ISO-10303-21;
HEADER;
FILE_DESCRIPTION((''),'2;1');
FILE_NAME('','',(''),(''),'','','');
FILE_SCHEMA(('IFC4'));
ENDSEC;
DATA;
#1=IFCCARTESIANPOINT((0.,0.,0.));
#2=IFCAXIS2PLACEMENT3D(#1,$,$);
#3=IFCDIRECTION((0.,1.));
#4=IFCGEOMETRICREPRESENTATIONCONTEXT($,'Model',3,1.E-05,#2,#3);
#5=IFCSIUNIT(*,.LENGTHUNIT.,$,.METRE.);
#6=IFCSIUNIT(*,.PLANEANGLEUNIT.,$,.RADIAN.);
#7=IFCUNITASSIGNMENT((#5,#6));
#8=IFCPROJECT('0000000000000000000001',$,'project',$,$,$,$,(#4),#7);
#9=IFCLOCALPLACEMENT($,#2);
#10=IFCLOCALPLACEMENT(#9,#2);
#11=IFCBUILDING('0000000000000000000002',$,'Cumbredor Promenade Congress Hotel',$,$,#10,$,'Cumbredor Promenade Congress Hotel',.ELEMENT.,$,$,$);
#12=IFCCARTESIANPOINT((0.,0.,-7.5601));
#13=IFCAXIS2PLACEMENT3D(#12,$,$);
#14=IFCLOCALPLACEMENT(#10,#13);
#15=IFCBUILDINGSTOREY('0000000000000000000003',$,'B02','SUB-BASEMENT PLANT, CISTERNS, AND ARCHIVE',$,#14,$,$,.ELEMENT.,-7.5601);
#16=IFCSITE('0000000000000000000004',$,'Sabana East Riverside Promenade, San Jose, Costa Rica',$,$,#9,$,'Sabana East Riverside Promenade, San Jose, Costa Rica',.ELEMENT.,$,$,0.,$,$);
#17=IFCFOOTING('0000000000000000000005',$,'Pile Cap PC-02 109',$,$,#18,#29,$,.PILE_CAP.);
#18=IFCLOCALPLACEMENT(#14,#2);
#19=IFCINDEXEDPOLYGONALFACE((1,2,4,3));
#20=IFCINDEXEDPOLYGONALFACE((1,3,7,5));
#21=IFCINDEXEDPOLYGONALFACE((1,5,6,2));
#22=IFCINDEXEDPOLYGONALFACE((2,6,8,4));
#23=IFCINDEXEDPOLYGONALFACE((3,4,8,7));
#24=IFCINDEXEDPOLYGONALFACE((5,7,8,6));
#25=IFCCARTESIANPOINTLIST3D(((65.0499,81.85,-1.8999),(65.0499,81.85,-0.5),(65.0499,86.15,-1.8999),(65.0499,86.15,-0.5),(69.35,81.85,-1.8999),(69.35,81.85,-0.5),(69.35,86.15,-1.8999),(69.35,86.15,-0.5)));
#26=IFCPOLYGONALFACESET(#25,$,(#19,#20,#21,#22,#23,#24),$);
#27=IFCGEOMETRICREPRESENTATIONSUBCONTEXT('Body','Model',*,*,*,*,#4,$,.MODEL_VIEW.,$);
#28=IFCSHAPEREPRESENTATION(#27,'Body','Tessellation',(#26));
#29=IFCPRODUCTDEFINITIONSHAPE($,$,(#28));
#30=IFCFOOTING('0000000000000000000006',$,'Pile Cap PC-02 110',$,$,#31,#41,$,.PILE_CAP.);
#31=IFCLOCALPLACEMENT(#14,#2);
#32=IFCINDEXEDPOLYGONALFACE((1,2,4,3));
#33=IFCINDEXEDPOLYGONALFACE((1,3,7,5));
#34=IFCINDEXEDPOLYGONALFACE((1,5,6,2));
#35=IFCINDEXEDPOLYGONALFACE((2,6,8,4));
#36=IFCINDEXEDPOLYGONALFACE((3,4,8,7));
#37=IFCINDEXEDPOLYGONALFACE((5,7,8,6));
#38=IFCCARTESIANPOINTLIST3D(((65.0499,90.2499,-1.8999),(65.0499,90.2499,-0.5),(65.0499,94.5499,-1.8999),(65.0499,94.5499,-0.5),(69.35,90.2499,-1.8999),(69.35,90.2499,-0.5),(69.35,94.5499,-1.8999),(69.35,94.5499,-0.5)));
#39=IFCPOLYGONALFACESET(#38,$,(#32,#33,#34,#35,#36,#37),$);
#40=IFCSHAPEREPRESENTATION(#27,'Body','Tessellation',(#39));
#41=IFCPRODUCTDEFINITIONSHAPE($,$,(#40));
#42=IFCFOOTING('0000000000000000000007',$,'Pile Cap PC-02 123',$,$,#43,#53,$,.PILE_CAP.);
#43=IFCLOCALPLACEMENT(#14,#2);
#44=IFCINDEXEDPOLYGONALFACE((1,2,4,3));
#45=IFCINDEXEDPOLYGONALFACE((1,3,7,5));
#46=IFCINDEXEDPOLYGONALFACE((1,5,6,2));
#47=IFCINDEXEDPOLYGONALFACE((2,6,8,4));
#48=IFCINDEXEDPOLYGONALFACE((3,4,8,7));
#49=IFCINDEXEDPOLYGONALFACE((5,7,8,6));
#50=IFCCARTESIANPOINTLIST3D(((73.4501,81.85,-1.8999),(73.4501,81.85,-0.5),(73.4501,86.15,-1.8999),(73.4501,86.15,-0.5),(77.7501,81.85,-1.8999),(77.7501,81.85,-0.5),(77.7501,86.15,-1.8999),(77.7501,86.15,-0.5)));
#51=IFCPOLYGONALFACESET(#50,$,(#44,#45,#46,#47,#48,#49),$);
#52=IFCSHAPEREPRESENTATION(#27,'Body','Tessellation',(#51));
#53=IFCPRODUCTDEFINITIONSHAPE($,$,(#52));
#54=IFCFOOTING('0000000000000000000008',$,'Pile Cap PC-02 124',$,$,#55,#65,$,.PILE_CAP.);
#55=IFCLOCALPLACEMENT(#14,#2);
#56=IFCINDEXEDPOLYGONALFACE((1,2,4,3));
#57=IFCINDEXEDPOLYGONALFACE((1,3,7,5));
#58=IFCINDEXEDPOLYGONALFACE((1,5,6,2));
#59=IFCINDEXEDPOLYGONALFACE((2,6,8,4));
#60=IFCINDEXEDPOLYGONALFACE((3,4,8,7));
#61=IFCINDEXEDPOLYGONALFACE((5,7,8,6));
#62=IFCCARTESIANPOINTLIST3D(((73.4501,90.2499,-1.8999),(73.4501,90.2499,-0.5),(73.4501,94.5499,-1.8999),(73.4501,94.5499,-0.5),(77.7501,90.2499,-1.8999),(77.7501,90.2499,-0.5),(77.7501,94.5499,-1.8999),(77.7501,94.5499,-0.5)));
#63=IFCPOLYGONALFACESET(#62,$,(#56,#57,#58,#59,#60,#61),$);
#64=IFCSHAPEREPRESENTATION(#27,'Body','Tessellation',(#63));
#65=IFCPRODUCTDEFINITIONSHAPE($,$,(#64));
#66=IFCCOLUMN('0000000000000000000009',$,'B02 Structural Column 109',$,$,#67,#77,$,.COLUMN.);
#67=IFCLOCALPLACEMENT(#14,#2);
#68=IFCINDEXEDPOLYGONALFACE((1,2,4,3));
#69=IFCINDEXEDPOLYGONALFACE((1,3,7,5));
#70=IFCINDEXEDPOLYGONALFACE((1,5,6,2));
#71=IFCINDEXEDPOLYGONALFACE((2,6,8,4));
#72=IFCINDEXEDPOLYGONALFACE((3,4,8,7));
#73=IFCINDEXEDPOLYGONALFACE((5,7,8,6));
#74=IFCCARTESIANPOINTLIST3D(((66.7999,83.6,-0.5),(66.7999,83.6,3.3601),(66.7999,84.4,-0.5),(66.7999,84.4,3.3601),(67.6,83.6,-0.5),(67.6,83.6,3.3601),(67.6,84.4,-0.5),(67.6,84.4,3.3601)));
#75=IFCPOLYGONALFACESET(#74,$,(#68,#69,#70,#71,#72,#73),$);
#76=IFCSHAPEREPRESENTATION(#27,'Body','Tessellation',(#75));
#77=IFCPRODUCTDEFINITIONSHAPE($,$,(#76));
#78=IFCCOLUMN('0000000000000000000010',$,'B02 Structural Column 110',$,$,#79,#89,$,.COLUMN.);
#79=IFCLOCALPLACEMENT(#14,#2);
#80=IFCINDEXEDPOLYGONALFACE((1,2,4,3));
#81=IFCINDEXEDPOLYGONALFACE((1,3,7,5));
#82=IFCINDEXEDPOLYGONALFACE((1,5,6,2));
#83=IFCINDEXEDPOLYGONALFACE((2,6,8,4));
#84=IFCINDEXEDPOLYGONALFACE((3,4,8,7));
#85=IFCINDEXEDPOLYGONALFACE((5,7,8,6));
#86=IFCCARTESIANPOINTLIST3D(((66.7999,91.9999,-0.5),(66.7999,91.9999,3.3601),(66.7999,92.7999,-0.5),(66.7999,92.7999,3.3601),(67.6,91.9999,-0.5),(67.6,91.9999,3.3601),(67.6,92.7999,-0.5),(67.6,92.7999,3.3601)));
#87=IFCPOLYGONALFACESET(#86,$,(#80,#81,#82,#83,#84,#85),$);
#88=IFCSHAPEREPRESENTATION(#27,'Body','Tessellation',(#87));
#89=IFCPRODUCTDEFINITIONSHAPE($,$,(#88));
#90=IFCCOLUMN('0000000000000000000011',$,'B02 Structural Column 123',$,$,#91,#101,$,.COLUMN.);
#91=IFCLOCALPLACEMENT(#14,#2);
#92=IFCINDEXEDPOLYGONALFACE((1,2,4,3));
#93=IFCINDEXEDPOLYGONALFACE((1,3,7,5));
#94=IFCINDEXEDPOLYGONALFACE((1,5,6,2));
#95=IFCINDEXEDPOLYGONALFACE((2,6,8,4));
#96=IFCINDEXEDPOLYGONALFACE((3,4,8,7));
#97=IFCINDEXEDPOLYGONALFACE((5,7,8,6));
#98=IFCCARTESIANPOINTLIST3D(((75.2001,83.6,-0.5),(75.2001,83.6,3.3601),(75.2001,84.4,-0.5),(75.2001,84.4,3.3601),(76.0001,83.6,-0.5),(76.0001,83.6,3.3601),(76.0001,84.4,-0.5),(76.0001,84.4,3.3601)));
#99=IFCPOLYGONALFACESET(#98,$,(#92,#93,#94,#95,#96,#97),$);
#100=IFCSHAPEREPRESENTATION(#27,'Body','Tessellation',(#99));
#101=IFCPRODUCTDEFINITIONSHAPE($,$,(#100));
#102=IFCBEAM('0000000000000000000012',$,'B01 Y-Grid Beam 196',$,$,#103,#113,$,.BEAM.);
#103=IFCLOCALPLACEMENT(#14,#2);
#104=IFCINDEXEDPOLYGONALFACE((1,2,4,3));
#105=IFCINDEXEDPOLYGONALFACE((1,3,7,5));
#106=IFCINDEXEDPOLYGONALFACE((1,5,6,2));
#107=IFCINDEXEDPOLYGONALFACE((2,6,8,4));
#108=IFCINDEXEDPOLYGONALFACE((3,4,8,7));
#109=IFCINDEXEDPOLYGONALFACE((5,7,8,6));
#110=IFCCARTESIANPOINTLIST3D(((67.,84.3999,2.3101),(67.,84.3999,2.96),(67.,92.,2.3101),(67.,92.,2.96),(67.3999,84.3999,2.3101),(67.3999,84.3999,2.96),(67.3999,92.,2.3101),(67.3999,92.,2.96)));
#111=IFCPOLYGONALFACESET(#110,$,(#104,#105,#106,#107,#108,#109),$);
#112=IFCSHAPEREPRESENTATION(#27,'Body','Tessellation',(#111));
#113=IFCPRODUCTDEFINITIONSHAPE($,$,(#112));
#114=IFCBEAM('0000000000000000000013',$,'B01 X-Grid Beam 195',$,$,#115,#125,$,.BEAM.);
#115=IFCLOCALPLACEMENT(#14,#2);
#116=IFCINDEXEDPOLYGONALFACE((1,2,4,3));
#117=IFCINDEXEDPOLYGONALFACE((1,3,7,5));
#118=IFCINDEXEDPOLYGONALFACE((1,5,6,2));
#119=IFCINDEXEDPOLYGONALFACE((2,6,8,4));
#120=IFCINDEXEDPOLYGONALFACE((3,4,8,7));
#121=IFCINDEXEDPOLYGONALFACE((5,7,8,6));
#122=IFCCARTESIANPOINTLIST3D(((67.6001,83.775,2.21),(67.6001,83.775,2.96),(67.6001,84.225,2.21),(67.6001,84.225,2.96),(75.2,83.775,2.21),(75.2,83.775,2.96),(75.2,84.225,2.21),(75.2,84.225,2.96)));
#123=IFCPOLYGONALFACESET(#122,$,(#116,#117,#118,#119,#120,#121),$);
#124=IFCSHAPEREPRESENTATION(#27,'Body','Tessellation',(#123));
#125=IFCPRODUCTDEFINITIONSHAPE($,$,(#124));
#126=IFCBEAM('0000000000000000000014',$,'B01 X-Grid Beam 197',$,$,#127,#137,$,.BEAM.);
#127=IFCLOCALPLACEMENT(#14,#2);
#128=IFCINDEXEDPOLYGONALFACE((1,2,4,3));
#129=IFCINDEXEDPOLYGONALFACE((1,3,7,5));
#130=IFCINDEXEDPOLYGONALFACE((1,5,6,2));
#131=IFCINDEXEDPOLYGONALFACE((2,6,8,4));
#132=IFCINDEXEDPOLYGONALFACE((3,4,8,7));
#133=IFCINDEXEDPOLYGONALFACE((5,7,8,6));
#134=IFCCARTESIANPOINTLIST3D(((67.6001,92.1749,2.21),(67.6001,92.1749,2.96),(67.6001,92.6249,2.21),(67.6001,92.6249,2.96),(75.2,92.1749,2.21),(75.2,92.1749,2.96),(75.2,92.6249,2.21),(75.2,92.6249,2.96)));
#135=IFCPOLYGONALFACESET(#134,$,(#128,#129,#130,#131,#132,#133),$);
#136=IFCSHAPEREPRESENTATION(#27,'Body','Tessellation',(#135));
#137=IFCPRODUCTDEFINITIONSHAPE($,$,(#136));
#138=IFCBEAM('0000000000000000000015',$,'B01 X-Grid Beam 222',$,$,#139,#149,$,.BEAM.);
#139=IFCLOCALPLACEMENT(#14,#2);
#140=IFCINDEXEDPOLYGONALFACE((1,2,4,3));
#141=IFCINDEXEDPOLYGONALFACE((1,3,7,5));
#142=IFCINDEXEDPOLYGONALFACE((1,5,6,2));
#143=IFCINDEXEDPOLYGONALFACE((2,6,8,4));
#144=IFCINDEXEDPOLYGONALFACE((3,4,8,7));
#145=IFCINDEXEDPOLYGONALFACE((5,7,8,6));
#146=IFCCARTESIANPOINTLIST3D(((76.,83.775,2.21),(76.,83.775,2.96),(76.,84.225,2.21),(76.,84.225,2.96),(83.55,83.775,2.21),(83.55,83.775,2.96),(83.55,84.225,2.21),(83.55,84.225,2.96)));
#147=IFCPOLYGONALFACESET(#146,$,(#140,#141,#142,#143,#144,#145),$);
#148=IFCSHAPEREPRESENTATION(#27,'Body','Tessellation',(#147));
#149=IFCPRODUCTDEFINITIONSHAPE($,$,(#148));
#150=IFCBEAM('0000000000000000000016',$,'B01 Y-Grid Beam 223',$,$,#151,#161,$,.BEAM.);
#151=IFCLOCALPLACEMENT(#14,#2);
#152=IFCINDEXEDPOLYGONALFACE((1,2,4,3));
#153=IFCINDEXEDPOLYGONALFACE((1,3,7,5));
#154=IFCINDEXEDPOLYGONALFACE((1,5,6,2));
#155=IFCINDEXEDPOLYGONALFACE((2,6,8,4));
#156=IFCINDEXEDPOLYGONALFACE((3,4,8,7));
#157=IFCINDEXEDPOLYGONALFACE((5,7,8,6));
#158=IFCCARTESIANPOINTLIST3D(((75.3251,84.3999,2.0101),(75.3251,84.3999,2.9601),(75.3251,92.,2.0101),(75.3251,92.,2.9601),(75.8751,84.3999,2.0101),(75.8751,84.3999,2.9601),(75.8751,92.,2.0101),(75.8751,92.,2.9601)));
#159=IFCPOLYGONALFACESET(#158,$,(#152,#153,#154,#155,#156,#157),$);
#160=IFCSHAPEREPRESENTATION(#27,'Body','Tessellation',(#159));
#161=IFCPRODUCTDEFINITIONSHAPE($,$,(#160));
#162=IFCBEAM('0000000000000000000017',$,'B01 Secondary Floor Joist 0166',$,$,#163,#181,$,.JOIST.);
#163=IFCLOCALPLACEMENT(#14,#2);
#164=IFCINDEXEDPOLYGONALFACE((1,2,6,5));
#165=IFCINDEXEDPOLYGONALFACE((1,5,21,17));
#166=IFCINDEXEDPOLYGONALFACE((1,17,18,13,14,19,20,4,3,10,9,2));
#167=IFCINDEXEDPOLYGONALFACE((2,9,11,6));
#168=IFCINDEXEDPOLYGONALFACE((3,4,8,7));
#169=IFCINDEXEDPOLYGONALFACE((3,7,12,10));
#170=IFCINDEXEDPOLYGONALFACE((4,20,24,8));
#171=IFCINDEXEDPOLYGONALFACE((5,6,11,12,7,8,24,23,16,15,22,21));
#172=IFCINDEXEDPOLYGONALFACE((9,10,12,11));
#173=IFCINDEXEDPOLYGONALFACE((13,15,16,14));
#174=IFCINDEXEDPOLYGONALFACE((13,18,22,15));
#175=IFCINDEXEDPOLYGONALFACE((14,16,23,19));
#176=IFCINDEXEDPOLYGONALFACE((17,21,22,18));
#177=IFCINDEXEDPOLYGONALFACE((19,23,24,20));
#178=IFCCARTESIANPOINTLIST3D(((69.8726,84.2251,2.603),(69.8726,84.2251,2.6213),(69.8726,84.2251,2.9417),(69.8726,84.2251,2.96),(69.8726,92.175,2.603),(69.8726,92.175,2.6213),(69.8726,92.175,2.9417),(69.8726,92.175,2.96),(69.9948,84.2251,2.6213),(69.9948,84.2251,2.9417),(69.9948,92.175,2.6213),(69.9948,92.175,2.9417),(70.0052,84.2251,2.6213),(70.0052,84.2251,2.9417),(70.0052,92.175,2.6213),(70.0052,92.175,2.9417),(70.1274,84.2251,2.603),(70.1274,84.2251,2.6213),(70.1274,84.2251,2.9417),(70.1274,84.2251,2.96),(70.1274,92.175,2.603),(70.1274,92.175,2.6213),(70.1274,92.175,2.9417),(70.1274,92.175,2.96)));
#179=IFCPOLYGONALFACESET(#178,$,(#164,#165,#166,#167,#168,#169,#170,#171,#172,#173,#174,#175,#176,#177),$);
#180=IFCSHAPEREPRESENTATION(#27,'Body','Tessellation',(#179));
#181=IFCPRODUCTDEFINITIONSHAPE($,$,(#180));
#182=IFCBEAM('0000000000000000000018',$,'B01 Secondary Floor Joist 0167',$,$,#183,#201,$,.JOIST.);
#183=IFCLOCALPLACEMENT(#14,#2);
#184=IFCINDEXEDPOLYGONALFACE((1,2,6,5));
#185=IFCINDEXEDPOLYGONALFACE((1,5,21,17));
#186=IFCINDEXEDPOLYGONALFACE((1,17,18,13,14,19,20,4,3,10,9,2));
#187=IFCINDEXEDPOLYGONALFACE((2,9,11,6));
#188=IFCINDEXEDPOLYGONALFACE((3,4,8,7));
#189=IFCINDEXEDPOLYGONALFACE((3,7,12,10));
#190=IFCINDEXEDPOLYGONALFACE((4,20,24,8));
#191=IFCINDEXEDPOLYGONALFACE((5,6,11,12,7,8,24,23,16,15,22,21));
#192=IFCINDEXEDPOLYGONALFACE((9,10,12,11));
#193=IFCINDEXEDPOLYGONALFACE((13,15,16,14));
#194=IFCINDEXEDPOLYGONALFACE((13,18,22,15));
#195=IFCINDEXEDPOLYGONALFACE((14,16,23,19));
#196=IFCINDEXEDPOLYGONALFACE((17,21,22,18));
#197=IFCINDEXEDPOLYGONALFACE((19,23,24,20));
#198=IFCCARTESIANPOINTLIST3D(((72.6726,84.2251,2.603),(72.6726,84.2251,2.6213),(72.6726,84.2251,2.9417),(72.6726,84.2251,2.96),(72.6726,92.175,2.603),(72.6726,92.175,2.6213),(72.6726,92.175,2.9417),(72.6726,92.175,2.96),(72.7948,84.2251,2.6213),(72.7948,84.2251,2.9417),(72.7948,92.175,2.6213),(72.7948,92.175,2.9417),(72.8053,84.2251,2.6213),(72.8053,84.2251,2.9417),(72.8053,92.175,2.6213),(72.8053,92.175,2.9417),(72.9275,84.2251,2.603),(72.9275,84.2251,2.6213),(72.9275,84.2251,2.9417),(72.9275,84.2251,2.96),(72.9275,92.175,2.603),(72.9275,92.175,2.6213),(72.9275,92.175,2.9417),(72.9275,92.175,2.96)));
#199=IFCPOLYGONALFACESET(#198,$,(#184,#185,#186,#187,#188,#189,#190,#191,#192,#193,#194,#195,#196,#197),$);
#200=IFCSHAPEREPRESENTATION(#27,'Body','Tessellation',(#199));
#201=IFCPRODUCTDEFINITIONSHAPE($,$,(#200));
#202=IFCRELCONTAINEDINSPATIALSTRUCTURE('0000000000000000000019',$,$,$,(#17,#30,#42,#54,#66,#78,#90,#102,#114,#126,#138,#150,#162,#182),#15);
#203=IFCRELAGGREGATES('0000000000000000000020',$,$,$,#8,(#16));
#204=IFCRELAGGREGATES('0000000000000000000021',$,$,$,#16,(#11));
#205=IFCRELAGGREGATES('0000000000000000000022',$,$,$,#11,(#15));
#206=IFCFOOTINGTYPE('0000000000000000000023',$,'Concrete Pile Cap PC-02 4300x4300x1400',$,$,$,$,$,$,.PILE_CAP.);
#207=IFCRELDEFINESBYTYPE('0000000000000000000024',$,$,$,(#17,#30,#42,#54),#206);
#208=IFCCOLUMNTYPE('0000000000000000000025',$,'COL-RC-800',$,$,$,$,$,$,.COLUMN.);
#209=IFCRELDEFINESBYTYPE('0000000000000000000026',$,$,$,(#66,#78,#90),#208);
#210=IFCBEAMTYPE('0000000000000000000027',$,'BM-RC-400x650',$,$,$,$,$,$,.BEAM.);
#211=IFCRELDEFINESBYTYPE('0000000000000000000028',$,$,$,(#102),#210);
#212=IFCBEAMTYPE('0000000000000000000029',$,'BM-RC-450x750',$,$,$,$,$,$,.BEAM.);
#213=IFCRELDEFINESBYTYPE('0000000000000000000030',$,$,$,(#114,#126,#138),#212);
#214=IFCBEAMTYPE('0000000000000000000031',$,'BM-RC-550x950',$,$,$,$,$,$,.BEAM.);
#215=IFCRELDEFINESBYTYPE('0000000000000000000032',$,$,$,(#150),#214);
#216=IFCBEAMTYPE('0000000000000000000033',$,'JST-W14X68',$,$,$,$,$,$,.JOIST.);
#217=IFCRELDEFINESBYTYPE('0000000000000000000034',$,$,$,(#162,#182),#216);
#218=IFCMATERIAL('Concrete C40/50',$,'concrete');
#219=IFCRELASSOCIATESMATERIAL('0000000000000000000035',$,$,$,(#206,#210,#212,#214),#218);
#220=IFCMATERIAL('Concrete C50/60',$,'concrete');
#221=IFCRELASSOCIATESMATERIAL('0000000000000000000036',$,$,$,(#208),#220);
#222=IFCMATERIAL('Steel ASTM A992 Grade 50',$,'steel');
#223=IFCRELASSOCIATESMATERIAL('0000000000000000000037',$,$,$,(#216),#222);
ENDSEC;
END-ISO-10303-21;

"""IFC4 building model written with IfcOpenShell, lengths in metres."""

from ifc_helpers import new_model, si_unit, direction, frame, origin, origin_2d, place, context, subcontext, project, spatial, rectangle, i_section, extrude, material, material_profile, profile_set, type_object, element, save


model = new_model("IFC4")

# Units and contexts
model_context = context("Model", 3, precision=1e-05, world=origin(), true_north=direction((0.0, 1.0)))
body_context = subcontext(model_context, "Body", "Model", "MODEL_VIEW")
ifc_project = project(units=[si_unit("LENGTHUNIT", "METRE"), si_unit("PLANEANGLEUNIT", "RADIAN")], contexts=[model_context])

# Site, building, storey
site_placement = place(None, origin())
site = spatial("IfcSite", under=ifc_project, at=site_placement, Name="Sabana East Riverside Promenade, San Jose, Costa Rica", LongName="Sabana East Riverside Promenade, San Jose, Costa Rica", CompositionType="ELEMENT", RefElevation=0.0)
building_placement = place(site_placement, origin())
building = spatial("IfcBuilding", under=site, at=building_placement, Name="Cumbredor Promenade Congress Hotel", LongName="Cumbredor Promenade Congress Hotel", CompositionType="ELEMENT")
storey_placement = place(building_placement, frame((0.0, 0.0, -7.5601)))
storey = spatial("IfcBuildingStorey", under=building, at=storey_placement, Name="B02", Description="SUB-BASEMENT PLANT, CISTERNS, AND ARCHIVE", CompositionType="ELEMENT", Elevation=-7.5601)

# Shared definitions
ifc_material_1 = material(Name="Concrete C40/50", Category="concrete")

# Footings
footing_type_1 = type_object("IfcFootingType", Name="Concrete Pile Cap PC-02 4300x4300x1400", PredefinedType="PILE_CAP", material=ifc_material_1)
for number, where, z_axis, x_axis, name in (
    (1, (67.2, 84.0, -1.8999), (0.0, 0.0, 1.0), (1.0, 0.0, 0.0), "Pile Cap PC-02 109"),
    (2, (67.2, 92.3999, -1.8999), (0.0, 0.0, 1.0), (1.0, 0.0, 0.0), "Pile Cap PC-02 110"),
    (3, (75.6001, 84.0, -1.8999), (0.0, 0.0, 1.0), (1.0, 0.0, 0.0), "Pile Cap PC-02 123"),
    (4, (75.6001, 92.3999, -1.8999), (0.0, 0.0, 1.0), (1.0, 0.0, 0.0), "Pile Cap PC-02 124"),
):
    element("IfcFooting", number, at=place(storey_placement, frame(where, z_axis=z_axis, x_axis=x_axis)), inside=storey, type_object=footing_type_1, Name=name, PredefinedType="PILE_CAP", context=body_context, shape_type="SweptSolid", body=[
        extrude(rectangle(XDim=4.3, YDim=4.3, at=origin_2d()), origin(), (0.0, 0.0, 1.0), 1.3999),
    ])

# Columns
ifc_material_2 = material(Name="Concrete C50/60", Category="concrete")
ifc_material_profile_1 = material_profile(ifc_material_2, rectangle(XDim=0.8, YDim=0.8, at=origin_2d()), Name="RC 800x800")
ifc_profile_set_1 = profile_set([ifc_material_profile_1], Name="Concrete C50/60")
column_type = type_object("IfcColumnType", Name="COL-RC-800", PredefinedType="COLUMN", material=ifc_profile_set_1)
for number, where, z_axis, x_axis, name in (
    (5, (67.2, 84.0, -0.5), (0.0, 0.0, 1.0), (1.0, 0.0, 0.0), "B02 Structural Column 109"),
    (6, (67.2, 92.3999, -0.5), (0.0, 0.0, 1.0), (1.0, 0.0, 0.0), "B02 Structural Column 110"),
    (7, (75.6001, 84.0, -0.5), (0.0, 0.0, 1.0), (1.0, 0.0, 0.0), "B02 Structural Column 123"),
):
    element("IfcColumn", number, at=place(storey_placement, frame(where, z_axis=z_axis, x_axis=x_axis)), inside=storey, type_object=column_type, Name=name, PredefinedType="COLUMN", context=body_context, shape_type="SweptSolid", body=[
        extrude(rectangle(XDim=0.8, YDim=0.8, at=origin_2d()), origin(), (0.0, 0.0, 1.0), 3.8601),
    ])

# Beams
ifc_material_profile_2 = material_profile(ifc_material_1, rectangle(XDim=0.3999, YDim=0.6499, at=origin_2d()), Name="RC BEAM 400x650")
ifc_profile_set_2 = profile_set([ifc_material_profile_2], Name="Concrete C40/50")
beam_type_1 = type_object("IfcBeamType", Name="BM-RC-400x650", PredefinedType="BEAM", material=ifc_profile_set_2)
beam_1_placement = place(storey_placement, frame((67.2, 84.3999, 2.635), z_axis=(0.0, 1.0, 0.0), x_axis=(-1.0, 0.0, 0.0)))
element("IfcBeam", 8, at=beam_1_placement, inside=storey, type_object=beam_type_1, Name="B01 Y-Grid Beam 196", PredefinedType="BEAM", context=body_context, shape_type="SweptSolid", body=[
    extrude(rectangle(XDim=0.3999, YDim=0.6499, at=origin_2d()), origin(), (0.0, 0.0, 1.0), 7.6001),
])
ifc_material_profile_3 = material_profile(ifc_material_1, rectangle(XDim=0.45, YDim=0.75, at=origin_2d()), Name="RC BEAM 450x750")
ifc_profile_set_3 = profile_set([ifc_material_profile_3], Name="Concrete C40/50")
beam_type_2 = type_object("IfcBeamType", Name="BM-RC-450x750", PredefinedType="BEAM", material=ifc_profile_set_3)
for number, where, z_axis, x_axis, name in (
    (9, (67.6001, 84.0, 2.585), (1.0, 0.0, 0.0), (0.0, 1.0, 0.0), "B01 X-Grid Beam 195"),
    (10, (67.6001, 92.3999, 2.585), (1.0, 0.0, 0.0), (0.0, 1.0, 0.0), "B01 X-Grid Beam 197"),
):
    element("IfcBeam", number, at=place(storey_placement, frame(where, z_axis=z_axis, x_axis=x_axis)), inside=storey, type_object=beam_type_2, Name=name, PredefinedType="BEAM", context=body_context, shape_type="SweptSolid", body=[
        extrude(rectangle(XDim=0.45, YDim=0.75, at=origin_2d()), origin(), (0.0, 0.0, 1.0), 7.5999),
    ])
beam_2_placement = place(storey_placement, frame((76.0, 84.0, 2.585), z_axis=(1.0, 0.0, 0.0), x_axis=(0.0, 1.0, 0.0)))
element("IfcBeam", 11, at=beam_2_placement, inside=storey, type_object=beam_type_2, Name="B01 X-Grid Beam 222", PredefinedType="BEAM", context=body_context, shape_type="SweptSolid", body=[
    extrude(rectangle(XDim=0.45, YDim=0.75, at=origin_2d()), origin(), (0.0, 0.0, 1.0), 7.55),
])
ifc_material_profile_4 = material_profile(ifc_material_1, rectangle(XDim=0.55, YDim=0.95, at=origin_2d()), Name="RC BEAM 550x950")
ifc_profile_set_4 = profile_set([ifc_material_profile_4], Name="Concrete C40/50")
beam_type_3 = type_object("IfcBeamType", Name="BM-RC-550x950", PredefinedType="BEAM", material=ifc_profile_set_4)
beam_3_placement = place(storey_placement, frame((75.6001, 84.3999, 2.4851), z_axis=(0.0, 1.0, 0.0), x_axis=(-1.0, 0.0, 0.0)))
element("IfcBeam", 12, at=beam_3_placement, inside=storey, type_object=beam_type_3, Name="B01 Y-Grid Beam 223", PredefinedType="BEAM", context=body_context, shape_type="SweptSolid", body=[
    extrude(rectangle(XDim=0.55, YDim=0.95, at=origin_2d()), origin(), (0.0, 0.0, 1.0), 7.6001),
])
ifc_material_3 = material(Name="Steel ASTM A992 Grade 50", Category="steel")
ifc_material_profile_5 = material_profile(ifc_material_3, i_section(OverallWidth=0.2549, OverallDepth=0.3569, WebThickness=0.0105, FlangeThickness=0.0183, at=origin_2d()), Name="W14X68")
ifc_profile_set_5 = profile_set([ifc_material_profile_5], Name="Steel ASTM A992 Grade 50")
beam_type_4 = type_object("IfcBeamType", Name="JST-W14X68", PredefinedType="JOIST", material=ifc_profile_set_5)
for number, where, z_axis, x_axis, name in (
    (13, (70.0, 84.2251, 2.7815), (0.0, 1.0, 0.0), (-1.0, 0.0, 0.0), "B01 Secondary Floor Joist 0166"),
    (14, (72.8, 84.2251, 2.7815), (0.0, 1.0, 0.0), (-1.0, 0.0, 0.0), "B01 Secondary Floor Joist 0167"),
):
    element("IfcBeam", number, at=place(storey_placement, frame(where, z_axis=z_axis, x_axis=x_axis)), inside=storey, type_object=beam_type_4, Name=name, PredefinedType="JOIST", context=body_context, shape_type="SweptSolid", body=[
        extrude(i_section(OverallWidth=0.2549, OverallDepth=0.3569, WebThickness=0.0105, FlangeThickness=0.0183, at=origin_2d()), origin(), (0.0, 0.0, 1.0), 7.95),
    ])

save(model, "model.ifc")
